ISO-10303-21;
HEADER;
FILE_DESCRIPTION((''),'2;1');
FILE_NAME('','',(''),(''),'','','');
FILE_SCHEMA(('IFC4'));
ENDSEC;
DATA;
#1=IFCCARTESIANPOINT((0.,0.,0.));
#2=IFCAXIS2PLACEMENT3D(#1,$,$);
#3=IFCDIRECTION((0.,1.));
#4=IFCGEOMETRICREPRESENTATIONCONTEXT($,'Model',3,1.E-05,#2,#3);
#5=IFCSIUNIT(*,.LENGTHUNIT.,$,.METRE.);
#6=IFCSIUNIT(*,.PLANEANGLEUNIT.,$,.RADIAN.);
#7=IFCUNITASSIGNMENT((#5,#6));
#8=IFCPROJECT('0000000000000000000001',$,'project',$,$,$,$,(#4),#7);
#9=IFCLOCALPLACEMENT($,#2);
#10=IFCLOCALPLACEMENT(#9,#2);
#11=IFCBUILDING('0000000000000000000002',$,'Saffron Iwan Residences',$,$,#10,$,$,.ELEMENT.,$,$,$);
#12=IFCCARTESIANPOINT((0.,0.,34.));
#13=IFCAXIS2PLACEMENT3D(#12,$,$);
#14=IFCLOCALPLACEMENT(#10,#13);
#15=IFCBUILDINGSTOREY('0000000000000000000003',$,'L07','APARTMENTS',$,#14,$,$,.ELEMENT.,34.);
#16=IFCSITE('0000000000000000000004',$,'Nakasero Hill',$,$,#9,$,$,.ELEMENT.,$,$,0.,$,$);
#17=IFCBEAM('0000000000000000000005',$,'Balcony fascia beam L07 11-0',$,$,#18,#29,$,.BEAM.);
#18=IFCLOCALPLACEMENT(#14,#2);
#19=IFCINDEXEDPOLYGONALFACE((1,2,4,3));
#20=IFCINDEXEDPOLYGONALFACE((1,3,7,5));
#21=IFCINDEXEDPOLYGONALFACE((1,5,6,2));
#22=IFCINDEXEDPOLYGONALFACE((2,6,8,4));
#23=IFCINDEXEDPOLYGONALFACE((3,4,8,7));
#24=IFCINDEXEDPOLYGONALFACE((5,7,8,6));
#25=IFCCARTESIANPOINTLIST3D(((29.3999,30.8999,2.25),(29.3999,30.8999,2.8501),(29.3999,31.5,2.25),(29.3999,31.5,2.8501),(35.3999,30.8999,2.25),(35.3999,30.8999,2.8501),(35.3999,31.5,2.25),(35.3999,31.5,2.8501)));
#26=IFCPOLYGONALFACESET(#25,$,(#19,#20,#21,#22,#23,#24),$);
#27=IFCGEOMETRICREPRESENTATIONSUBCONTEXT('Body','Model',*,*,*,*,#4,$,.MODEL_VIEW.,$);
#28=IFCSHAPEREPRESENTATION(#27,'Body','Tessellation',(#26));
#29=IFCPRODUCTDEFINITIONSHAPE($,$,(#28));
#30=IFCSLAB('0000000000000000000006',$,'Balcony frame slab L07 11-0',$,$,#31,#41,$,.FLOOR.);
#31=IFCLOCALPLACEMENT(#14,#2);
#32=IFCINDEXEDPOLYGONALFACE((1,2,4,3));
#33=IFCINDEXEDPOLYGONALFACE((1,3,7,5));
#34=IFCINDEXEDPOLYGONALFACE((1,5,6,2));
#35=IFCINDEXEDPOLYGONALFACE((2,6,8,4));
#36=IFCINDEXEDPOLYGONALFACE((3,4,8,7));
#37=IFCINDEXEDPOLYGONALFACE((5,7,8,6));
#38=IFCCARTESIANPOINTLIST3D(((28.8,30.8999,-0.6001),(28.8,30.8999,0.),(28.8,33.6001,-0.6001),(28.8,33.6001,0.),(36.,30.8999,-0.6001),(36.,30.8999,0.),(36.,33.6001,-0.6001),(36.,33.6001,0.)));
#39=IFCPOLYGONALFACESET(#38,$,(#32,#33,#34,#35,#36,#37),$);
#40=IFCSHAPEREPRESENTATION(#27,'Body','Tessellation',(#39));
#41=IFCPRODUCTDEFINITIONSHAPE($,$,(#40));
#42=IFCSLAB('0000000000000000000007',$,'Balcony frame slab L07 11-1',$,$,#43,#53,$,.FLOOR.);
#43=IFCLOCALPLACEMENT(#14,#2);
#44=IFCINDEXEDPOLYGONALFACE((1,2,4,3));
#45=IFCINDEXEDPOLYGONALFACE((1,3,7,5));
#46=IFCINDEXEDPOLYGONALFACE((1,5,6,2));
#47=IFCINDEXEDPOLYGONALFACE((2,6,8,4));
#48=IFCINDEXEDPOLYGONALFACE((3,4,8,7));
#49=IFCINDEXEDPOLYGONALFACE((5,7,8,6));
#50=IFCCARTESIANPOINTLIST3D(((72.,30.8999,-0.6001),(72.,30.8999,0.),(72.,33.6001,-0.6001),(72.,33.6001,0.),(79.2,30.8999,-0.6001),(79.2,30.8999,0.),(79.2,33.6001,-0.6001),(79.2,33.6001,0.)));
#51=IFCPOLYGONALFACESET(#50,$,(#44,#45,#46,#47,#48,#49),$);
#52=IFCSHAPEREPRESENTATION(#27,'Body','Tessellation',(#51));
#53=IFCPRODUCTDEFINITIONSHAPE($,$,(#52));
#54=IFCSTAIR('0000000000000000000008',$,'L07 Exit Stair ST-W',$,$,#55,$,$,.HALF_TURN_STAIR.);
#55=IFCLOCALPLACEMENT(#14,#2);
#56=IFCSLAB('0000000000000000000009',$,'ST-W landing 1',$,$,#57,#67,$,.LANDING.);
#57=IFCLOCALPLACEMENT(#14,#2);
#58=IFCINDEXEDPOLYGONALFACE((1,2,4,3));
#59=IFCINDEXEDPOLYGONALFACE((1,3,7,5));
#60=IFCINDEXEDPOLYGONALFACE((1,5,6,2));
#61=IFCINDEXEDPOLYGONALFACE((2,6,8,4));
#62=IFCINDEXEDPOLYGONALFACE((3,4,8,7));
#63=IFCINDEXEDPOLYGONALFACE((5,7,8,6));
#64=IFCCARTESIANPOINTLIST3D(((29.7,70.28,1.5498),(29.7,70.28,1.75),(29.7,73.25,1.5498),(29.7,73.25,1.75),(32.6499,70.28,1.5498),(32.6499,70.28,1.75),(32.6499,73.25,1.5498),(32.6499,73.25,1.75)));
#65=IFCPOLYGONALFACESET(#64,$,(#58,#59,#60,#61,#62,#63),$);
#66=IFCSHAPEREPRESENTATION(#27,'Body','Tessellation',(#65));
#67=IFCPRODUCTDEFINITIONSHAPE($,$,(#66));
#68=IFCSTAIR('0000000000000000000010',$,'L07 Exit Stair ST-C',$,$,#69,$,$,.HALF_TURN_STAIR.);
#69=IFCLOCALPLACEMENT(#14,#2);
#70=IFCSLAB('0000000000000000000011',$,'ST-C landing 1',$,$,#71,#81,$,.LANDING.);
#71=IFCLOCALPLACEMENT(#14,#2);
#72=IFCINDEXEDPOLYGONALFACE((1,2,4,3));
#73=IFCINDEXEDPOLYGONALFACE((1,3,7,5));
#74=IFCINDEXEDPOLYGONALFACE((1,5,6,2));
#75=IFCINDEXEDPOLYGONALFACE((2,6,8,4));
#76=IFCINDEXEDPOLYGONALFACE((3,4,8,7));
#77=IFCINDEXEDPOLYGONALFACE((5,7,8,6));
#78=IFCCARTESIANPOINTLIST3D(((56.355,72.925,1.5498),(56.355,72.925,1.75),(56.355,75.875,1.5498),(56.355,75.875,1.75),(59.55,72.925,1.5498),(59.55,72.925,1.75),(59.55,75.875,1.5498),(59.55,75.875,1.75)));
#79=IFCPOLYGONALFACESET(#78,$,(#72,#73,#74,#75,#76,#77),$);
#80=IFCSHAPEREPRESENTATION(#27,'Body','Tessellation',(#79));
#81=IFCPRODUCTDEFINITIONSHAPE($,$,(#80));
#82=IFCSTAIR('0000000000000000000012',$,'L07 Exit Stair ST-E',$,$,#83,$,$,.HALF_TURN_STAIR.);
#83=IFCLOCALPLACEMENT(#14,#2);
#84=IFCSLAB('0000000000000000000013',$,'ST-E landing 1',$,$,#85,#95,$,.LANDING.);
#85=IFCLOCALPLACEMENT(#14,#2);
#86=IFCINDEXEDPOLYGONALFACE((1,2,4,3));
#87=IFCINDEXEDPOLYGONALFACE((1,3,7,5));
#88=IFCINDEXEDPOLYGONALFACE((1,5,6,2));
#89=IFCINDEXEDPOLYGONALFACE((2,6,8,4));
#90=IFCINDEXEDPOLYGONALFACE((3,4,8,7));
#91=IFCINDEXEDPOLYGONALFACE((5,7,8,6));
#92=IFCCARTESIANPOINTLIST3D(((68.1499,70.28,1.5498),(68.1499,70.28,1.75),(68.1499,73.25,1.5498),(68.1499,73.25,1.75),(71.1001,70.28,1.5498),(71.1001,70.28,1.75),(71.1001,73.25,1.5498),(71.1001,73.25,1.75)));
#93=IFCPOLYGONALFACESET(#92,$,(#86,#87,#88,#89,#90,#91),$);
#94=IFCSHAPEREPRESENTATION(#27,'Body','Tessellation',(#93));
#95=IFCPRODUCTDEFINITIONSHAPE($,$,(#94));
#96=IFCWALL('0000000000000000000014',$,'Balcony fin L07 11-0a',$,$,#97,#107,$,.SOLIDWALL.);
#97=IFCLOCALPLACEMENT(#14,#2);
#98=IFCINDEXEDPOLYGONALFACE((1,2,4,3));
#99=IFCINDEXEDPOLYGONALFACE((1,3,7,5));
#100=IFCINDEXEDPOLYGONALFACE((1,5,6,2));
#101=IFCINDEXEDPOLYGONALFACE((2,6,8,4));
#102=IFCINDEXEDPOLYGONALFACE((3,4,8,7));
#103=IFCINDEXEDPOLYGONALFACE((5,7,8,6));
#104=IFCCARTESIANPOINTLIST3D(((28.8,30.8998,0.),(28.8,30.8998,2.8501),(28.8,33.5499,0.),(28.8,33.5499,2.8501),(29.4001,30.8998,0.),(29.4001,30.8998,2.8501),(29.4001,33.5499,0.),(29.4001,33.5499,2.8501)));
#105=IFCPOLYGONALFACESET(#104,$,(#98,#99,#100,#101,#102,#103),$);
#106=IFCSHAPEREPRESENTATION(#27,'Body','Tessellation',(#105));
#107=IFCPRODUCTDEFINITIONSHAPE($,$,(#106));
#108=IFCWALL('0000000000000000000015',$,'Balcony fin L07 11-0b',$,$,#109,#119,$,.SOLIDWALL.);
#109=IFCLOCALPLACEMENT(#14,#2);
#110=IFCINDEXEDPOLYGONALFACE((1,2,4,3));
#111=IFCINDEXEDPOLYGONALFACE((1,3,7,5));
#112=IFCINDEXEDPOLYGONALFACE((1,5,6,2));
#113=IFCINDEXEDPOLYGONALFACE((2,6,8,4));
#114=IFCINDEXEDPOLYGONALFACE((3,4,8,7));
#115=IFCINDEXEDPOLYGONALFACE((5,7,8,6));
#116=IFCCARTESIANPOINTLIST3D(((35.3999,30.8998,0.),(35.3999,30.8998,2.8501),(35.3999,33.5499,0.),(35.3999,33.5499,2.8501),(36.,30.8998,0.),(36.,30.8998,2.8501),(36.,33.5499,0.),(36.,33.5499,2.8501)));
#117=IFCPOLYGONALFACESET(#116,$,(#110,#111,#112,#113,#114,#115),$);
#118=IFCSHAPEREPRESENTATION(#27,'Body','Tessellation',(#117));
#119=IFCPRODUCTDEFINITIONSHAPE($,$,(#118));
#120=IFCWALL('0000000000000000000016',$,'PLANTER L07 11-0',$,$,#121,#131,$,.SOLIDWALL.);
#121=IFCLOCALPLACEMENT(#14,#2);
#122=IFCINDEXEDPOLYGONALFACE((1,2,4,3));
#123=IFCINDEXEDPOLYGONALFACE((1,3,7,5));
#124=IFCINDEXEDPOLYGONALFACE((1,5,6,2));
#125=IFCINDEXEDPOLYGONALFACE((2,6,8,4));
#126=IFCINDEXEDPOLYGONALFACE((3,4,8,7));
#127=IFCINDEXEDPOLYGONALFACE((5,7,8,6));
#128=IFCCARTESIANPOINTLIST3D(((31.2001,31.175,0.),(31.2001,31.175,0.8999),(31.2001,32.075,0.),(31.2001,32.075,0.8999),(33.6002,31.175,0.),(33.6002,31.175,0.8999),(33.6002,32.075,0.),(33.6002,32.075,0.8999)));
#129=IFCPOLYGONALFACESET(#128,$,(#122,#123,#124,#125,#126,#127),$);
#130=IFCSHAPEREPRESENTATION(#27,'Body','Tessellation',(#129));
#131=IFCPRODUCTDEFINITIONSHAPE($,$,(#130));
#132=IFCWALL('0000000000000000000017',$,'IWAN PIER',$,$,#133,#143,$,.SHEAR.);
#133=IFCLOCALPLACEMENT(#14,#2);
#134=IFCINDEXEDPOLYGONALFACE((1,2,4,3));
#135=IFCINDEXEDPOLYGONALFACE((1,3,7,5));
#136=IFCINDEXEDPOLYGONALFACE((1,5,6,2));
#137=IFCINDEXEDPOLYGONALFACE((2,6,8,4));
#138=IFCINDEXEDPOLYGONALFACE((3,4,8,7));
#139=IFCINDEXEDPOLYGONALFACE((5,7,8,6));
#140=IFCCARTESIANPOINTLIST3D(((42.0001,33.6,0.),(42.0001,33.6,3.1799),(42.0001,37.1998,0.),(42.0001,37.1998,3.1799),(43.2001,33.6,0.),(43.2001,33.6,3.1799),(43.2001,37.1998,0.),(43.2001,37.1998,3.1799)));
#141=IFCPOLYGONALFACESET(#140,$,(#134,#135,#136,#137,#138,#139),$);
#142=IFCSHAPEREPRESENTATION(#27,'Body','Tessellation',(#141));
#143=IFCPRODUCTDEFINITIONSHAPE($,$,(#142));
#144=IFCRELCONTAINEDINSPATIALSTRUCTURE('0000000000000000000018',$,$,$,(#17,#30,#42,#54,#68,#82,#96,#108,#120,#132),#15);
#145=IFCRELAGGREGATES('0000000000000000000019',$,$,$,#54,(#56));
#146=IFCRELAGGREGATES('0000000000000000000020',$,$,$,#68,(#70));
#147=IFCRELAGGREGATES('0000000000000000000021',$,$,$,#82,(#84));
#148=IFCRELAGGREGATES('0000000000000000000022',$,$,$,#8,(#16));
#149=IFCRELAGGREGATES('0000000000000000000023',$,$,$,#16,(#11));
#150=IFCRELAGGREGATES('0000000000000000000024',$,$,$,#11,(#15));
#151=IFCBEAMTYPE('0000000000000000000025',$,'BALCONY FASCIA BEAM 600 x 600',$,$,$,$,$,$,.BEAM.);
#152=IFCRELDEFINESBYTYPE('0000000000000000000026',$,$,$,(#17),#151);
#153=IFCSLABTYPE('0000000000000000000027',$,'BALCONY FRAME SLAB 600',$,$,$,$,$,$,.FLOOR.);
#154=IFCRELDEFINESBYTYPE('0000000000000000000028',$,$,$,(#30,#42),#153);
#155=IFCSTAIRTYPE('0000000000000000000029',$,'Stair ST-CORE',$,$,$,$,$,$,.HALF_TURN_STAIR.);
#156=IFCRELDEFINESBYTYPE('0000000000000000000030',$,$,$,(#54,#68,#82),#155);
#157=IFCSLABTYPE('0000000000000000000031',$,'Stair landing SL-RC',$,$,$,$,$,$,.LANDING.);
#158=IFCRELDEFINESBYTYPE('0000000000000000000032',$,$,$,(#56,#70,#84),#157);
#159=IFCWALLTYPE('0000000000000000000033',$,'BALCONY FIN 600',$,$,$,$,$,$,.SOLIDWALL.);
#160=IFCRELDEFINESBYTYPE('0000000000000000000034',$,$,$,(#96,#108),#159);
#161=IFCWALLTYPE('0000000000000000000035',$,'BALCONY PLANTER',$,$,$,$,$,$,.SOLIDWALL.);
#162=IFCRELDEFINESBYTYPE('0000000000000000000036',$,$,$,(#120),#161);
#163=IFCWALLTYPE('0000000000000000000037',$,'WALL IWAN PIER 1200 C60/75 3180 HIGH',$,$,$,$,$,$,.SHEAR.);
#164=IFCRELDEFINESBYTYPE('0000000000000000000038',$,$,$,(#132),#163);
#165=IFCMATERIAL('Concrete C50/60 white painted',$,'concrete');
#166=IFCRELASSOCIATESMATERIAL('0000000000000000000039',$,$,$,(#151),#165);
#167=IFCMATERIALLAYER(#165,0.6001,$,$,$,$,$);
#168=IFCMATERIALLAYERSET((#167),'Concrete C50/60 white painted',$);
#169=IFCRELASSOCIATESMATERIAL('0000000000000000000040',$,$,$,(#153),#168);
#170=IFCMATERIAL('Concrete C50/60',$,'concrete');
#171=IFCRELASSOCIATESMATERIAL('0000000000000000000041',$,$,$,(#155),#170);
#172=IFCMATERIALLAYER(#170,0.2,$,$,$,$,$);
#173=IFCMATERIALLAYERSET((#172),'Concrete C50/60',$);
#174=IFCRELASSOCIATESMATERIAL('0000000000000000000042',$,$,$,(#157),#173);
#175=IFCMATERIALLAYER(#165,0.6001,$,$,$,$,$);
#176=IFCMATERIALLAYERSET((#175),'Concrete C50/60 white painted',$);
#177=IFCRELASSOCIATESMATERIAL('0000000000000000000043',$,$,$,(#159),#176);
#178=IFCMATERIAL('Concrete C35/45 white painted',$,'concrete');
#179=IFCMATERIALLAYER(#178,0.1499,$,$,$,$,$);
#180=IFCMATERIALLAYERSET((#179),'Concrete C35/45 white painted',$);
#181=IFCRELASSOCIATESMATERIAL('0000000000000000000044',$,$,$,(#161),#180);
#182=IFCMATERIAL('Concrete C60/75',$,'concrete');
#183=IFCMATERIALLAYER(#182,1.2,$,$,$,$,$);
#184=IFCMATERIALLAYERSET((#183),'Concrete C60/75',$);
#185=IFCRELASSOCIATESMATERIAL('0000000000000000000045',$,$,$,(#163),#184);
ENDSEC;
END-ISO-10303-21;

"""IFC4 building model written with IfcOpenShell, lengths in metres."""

from ifc_helpers import new_model, si_unit, direction, frame, frame_2d, origin, origin_2d, place, context, subcontext, project, spatial, polyline, rectangle, outline, extrude, source, transform, mapped, material, layer, layer_set, material_profile, profile_set, type_object, element, aggregate, save


model = new_model("IFC4")

# Units and contexts
model_context = context("Model", 3, precision=1e-05, world=origin(), true_north=direction((0.0, 1.0)))
body_context = subcontext(model_context, "Body", "Model", "MODEL_VIEW")
ifc_project = project(units=[si_unit("LENGTHUNIT", "METRE"), si_unit("PLANEANGLEUNIT", "RADIAN")], contexts=[model_context])

# Site, building, storey
site_placement = place(None, origin())
site = spatial("IfcSite", under=ifc_project, at=site_placement, Name="Nakasero Hill", CompositionType="ELEMENT", RefElevation=0.0)
building_placement = place(site_placement, origin())
building = spatial("IfcBuilding", under=site, at=building_placement, Name="Saffron Iwan Residences", CompositionType="ELEMENT")
storey_placement = place(building_placement, frame((0.0, 0.0, 34.0)))
storey = spatial("IfcBuildingStorey", under=building, at=storey_placement, Name="L07", Description="APARTMENTS", CompositionType="ELEMENT", Elevation=34.0)

# Beam
ifc_material_1 = material(Name="Concrete C50/60 white painted", Category="concrete")
ifc_material_profile = material_profile(ifc_material_1, rectangle(XDim=0.6001, YDim=0.6001, at=origin_2d()), Name="BALCONY FASCIA BEAM 600 x 600")
ifc_profile_set = profile_set([ifc_material_profile], Name="Concrete C50/60 white painted")
beam_type = type_object("IfcBeamType", Name="BALCONY FASCIA BEAM 600 x 600", PredefinedType="BEAM", material=ifc_profile_set)
shared_shape = source(origin(), body_context, "Body", "SweptSolid", [
    extrude(rectangle(XDim=0.6001, YDim=0.6001, at=origin_2d()), origin(), (0.0, 0.0, 1.0), 6.0),
])
beam_placement = place(storey_placement, frame((29.3999, 31.2, 2.55), z_axis=(1.0, 0.0, 0.0), x_axis=(0.0, 1.0, 0.0)))
element("IfcBeam", 1, at=beam_placement, inside=storey, type_object=beam_type, Name="Balcony fascia beam L07 11-0", PredefinedType="BEAM", context=body_context, shape_type="MappedRepresentation", body=[
    mapped(shared_shape, transform((0.0, 0.0, 0.0))),
])

# Slabs
ifc_layer_1 = layer(ifc_material_1, 0.6001)
ifc_layer_set_1 = layer_set([ifc_layer_1], Name="Concrete C50/60 white painted")
slab_type_1 = type_object("IfcSlabType", Name="BALCONY FRAME SLAB 600", PredefinedType="FLOOR", material=ifc_layer_set_1)
slab_1_placement = place(storey_placement, frame((0.0, 0.0, -0.6001)))
element("IfcSlab", 2, at=slab_1_placement, inside=storey, type_object=slab_type_1, Name="Balcony frame slab L07 11-0", PredefinedType="FLOOR", context=body_context, shape_type="SweptSolid", body=[
    extrude(outline(polyline([(28.8, 30.8999), (36.0, 30.8999), (36.0, 33.6001), (28.8, 33.6001), (28.8, 30.8999)])), origin(), (0.0, 0.0, 1.0), 0.6001),
])
slab_2_placement = place(storey_placement, frame((0.0, 0.0, -0.6001)))
element("IfcSlab", 3, at=slab_2_placement, inside=storey, type_object=slab_type_1, Name="Balcony frame slab L07 11-1", PredefinedType="FLOOR", context=body_context, shape_type="SweptSolid", body=[
    extrude(outline(polyline([(72.0, 30.8999), (79.2, 30.8999), (79.2, 33.6001), (72.0, 33.6001), (72.0, 30.8999)])), origin(), (0.0, 0.0, 1.0), 0.6001),
])

# Stairs, slabs
ifc_material_2 = material(Name="Concrete C50/60", Category="concrete")
stair_type = type_object("IfcStairType", Name="Stair ST-CORE", PredefinedType="HALF_TURN_STAIR", material=ifc_material_2)
stair_1_placement = place(storey_placement, origin())
stair_1 = element("IfcStair", 4, at=stair_1_placement, inside=storey, type_object=stair_type, Name="L07 Exit Stair ST-W", PredefinedType="HALF_TURN_STAIR")
ifc_layer_2 = layer(ifc_material_2, 0.2)
ifc_layer_set_2 = layer_set([ifc_layer_2], Name="Concrete C50/60")
slab_type_2 = type_object("IfcSlabType", Name="Stair landing SL-RC", PredefinedType="LANDING", material=ifc_layer_set_2)
slab_3_placement = place(storey_placement, frame((0.0, 0.0, 1.5498)))
slab_3 = element("IfcSlab", 5, at=slab_3_placement, type_object=slab_type_2, Name="ST-W landing 1", PredefinedType="LANDING", context=body_context, shape_type="SweptSolid", body=[
    extrude(outline(polyline([(32.6499, 70.28), (32.6499, 73.25), (29.7, 73.25), (29.7, 70.28), (32.6499, 70.28)])), origin(), (0.0, 0.0, 1.0), 0.2002),
])
aggregate(stair_1, [slab_3])
stair_2_placement = place(storey_placement, origin())
stair_2 = element("IfcStair", 6, at=stair_2_placement, inside=storey, type_object=stair_type, Name="L07 Exit Stair ST-C", PredefinedType="HALF_TURN_STAIR")
slab_4_placement = place(storey_placement, frame((0.0, 0.0, 1.5498)))
slab_4 = element("IfcSlab", 7, at=slab_4_placement, type_object=slab_type_2, Name="ST-C landing 1", PredefinedType="LANDING", context=body_context, shape_type="SweptSolid", body=[
    extrude(outline(polyline([(56.355, 72.925), (59.55, 72.925), (59.55, 75.875), (56.355, 75.875), (56.355, 72.925)])), origin(), (0.0, 0.0, 1.0), 0.2002),
])
aggregate(stair_2, [slab_4])
stair_3_placement = place(storey_placement, origin())
stair_3 = element("IfcStair", 8, at=stair_3_placement, inside=storey, type_object=stair_type, Name="L07 Exit Stair ST-E", PredefinedType="HALF_TURN_STAIR")
slab_5_placement = place(storey_placement, frame((0.0, 0.0, 1.5498)))
slab_5 = element("IfcSlab", 9, at=slab_5_placement, type_object=slab_type_2, Name="ST-E landing 1", PredefinedType="LANDING", context=body_context, shape_type="SweptSolid", body=[
    extrude(outline(polyline([(71.1001, 70.28), (71.1001, 73.25), (68.1499, 73.25), (68.1499, 70.28), (71.1001, 70.28)])), origin(), (0.0, 0.0, 1.0), 0.2002),
])
aggregate(stair_3, [slab_5])

# Walls
ifc_layer_3 = layer(ifc_material_1, 0.6001)
ifc_layer_set_3 = layer_set([ifc_layer_3], Name="Concrete C50/60 white painted")
wall_type_1 = type_object("IfcWallType", Name="BALCONY FIN 600", PredefinedType="SOLIDWALL", material=ifc_layer_set_3)
for number, where, z_axis, x_axis, name in (
    (10, (29.1001, 33.55, 0.0), (0.0, 0.0, 1.0), (0.0, -1.0, 0.0), "Balcony fin L07 11-0a"),
    (11, (35.7, 33.55, 0.0), (0.0, 0.0, 1.0), (0.0, -1.0, 0.0), "Balcony fin L07 11-0b"),
):
    element("IfcWall", number, at=place(storey_placement, frame(where, z_axis=z_axis, x_axis=x_axis)), inside=storey, type_object=wall_type_1, Name=name, PredefinedType="SOLIDWALL", context=body_context, shape_type="SweptSolid", body=[
        extrude(rectangle(XDim=2.6501, YDim=0.6001, at=frame_2d((1.3252, 0.0))), origin(), (0.0, 0.0, 1.0), 2.8501),
    ])
ifc_material_3 = material(Name="Concrete C35/45 white painted", Category="concrete")
ifc_layer_4 = layer(ifc_material_3, 0.1499)
ifc_layer_set_4 = layer_set([ifc_layer_4], Name="Concrete C35/45 white painted")
wall_type_2 = type_object("IfcWallType", Name="BALCONY PLANTER", PredefinedType="SOLIDWALL", material=ifc_layer_set_4)
wall_1_placement = place(storey_placement, frame((31.2, 31.625, 0.0), z_axis=(0.0, 0.0, 1.0), x_axis=(1.0, 0.0, 0.0)))
element("IfcWall", 12, at=wall_1_placement, inside=storey, type_object=wall_type_2, Name="PLANTER L07 11-0", PredefinedType="SOLIDWALL", context=body_context, shape_type="SweptSolid", body=[
    extrude(rectangle(XDim=2.4001, YDim=0.8999, at=frame_2d((1.2002, 0.0))), origin(), (0.0, 0.0, 1.0), 0.8999),
])
ifc_material_4 = material(Name="Concrete C60/75", Category="concrete")
ifc_layer_5 = layer(ifc_material_4, 1.2)
ifc_layer_set_5 = layer_set([ifc_layer_5], Name="Concrete C60/75")
wall_type_3 = type_object("IfcWallType", Name="WALL IWAN PIER 1200 C60/75 3180 HIGH", PredefinedType="SHEAR", material=ifc_layer_set_5)
wall_2_placement = place(storey_placement, frame((42.6001, 33.6001, 0.0), z_axis=(0.0, 0.0, 1.0), x_axis=(0.0, 1.0, 0.0)))
element("IfcWall", 13, at=wall_2_placement, inside=storey, type_object=wall_type_3, Name="IWAN PIER", PredefinedType="SHEAR", context=body_context, shape_type="SweptSolid", body=[
    extrude(rectangle(XDim=3.5999, YDim=1.2, at=frame_2d((1.7998, 0.0))), origin(), (0.0, 0.0, 1.0), 3.1799),
])

save(model, "model.ifc")
